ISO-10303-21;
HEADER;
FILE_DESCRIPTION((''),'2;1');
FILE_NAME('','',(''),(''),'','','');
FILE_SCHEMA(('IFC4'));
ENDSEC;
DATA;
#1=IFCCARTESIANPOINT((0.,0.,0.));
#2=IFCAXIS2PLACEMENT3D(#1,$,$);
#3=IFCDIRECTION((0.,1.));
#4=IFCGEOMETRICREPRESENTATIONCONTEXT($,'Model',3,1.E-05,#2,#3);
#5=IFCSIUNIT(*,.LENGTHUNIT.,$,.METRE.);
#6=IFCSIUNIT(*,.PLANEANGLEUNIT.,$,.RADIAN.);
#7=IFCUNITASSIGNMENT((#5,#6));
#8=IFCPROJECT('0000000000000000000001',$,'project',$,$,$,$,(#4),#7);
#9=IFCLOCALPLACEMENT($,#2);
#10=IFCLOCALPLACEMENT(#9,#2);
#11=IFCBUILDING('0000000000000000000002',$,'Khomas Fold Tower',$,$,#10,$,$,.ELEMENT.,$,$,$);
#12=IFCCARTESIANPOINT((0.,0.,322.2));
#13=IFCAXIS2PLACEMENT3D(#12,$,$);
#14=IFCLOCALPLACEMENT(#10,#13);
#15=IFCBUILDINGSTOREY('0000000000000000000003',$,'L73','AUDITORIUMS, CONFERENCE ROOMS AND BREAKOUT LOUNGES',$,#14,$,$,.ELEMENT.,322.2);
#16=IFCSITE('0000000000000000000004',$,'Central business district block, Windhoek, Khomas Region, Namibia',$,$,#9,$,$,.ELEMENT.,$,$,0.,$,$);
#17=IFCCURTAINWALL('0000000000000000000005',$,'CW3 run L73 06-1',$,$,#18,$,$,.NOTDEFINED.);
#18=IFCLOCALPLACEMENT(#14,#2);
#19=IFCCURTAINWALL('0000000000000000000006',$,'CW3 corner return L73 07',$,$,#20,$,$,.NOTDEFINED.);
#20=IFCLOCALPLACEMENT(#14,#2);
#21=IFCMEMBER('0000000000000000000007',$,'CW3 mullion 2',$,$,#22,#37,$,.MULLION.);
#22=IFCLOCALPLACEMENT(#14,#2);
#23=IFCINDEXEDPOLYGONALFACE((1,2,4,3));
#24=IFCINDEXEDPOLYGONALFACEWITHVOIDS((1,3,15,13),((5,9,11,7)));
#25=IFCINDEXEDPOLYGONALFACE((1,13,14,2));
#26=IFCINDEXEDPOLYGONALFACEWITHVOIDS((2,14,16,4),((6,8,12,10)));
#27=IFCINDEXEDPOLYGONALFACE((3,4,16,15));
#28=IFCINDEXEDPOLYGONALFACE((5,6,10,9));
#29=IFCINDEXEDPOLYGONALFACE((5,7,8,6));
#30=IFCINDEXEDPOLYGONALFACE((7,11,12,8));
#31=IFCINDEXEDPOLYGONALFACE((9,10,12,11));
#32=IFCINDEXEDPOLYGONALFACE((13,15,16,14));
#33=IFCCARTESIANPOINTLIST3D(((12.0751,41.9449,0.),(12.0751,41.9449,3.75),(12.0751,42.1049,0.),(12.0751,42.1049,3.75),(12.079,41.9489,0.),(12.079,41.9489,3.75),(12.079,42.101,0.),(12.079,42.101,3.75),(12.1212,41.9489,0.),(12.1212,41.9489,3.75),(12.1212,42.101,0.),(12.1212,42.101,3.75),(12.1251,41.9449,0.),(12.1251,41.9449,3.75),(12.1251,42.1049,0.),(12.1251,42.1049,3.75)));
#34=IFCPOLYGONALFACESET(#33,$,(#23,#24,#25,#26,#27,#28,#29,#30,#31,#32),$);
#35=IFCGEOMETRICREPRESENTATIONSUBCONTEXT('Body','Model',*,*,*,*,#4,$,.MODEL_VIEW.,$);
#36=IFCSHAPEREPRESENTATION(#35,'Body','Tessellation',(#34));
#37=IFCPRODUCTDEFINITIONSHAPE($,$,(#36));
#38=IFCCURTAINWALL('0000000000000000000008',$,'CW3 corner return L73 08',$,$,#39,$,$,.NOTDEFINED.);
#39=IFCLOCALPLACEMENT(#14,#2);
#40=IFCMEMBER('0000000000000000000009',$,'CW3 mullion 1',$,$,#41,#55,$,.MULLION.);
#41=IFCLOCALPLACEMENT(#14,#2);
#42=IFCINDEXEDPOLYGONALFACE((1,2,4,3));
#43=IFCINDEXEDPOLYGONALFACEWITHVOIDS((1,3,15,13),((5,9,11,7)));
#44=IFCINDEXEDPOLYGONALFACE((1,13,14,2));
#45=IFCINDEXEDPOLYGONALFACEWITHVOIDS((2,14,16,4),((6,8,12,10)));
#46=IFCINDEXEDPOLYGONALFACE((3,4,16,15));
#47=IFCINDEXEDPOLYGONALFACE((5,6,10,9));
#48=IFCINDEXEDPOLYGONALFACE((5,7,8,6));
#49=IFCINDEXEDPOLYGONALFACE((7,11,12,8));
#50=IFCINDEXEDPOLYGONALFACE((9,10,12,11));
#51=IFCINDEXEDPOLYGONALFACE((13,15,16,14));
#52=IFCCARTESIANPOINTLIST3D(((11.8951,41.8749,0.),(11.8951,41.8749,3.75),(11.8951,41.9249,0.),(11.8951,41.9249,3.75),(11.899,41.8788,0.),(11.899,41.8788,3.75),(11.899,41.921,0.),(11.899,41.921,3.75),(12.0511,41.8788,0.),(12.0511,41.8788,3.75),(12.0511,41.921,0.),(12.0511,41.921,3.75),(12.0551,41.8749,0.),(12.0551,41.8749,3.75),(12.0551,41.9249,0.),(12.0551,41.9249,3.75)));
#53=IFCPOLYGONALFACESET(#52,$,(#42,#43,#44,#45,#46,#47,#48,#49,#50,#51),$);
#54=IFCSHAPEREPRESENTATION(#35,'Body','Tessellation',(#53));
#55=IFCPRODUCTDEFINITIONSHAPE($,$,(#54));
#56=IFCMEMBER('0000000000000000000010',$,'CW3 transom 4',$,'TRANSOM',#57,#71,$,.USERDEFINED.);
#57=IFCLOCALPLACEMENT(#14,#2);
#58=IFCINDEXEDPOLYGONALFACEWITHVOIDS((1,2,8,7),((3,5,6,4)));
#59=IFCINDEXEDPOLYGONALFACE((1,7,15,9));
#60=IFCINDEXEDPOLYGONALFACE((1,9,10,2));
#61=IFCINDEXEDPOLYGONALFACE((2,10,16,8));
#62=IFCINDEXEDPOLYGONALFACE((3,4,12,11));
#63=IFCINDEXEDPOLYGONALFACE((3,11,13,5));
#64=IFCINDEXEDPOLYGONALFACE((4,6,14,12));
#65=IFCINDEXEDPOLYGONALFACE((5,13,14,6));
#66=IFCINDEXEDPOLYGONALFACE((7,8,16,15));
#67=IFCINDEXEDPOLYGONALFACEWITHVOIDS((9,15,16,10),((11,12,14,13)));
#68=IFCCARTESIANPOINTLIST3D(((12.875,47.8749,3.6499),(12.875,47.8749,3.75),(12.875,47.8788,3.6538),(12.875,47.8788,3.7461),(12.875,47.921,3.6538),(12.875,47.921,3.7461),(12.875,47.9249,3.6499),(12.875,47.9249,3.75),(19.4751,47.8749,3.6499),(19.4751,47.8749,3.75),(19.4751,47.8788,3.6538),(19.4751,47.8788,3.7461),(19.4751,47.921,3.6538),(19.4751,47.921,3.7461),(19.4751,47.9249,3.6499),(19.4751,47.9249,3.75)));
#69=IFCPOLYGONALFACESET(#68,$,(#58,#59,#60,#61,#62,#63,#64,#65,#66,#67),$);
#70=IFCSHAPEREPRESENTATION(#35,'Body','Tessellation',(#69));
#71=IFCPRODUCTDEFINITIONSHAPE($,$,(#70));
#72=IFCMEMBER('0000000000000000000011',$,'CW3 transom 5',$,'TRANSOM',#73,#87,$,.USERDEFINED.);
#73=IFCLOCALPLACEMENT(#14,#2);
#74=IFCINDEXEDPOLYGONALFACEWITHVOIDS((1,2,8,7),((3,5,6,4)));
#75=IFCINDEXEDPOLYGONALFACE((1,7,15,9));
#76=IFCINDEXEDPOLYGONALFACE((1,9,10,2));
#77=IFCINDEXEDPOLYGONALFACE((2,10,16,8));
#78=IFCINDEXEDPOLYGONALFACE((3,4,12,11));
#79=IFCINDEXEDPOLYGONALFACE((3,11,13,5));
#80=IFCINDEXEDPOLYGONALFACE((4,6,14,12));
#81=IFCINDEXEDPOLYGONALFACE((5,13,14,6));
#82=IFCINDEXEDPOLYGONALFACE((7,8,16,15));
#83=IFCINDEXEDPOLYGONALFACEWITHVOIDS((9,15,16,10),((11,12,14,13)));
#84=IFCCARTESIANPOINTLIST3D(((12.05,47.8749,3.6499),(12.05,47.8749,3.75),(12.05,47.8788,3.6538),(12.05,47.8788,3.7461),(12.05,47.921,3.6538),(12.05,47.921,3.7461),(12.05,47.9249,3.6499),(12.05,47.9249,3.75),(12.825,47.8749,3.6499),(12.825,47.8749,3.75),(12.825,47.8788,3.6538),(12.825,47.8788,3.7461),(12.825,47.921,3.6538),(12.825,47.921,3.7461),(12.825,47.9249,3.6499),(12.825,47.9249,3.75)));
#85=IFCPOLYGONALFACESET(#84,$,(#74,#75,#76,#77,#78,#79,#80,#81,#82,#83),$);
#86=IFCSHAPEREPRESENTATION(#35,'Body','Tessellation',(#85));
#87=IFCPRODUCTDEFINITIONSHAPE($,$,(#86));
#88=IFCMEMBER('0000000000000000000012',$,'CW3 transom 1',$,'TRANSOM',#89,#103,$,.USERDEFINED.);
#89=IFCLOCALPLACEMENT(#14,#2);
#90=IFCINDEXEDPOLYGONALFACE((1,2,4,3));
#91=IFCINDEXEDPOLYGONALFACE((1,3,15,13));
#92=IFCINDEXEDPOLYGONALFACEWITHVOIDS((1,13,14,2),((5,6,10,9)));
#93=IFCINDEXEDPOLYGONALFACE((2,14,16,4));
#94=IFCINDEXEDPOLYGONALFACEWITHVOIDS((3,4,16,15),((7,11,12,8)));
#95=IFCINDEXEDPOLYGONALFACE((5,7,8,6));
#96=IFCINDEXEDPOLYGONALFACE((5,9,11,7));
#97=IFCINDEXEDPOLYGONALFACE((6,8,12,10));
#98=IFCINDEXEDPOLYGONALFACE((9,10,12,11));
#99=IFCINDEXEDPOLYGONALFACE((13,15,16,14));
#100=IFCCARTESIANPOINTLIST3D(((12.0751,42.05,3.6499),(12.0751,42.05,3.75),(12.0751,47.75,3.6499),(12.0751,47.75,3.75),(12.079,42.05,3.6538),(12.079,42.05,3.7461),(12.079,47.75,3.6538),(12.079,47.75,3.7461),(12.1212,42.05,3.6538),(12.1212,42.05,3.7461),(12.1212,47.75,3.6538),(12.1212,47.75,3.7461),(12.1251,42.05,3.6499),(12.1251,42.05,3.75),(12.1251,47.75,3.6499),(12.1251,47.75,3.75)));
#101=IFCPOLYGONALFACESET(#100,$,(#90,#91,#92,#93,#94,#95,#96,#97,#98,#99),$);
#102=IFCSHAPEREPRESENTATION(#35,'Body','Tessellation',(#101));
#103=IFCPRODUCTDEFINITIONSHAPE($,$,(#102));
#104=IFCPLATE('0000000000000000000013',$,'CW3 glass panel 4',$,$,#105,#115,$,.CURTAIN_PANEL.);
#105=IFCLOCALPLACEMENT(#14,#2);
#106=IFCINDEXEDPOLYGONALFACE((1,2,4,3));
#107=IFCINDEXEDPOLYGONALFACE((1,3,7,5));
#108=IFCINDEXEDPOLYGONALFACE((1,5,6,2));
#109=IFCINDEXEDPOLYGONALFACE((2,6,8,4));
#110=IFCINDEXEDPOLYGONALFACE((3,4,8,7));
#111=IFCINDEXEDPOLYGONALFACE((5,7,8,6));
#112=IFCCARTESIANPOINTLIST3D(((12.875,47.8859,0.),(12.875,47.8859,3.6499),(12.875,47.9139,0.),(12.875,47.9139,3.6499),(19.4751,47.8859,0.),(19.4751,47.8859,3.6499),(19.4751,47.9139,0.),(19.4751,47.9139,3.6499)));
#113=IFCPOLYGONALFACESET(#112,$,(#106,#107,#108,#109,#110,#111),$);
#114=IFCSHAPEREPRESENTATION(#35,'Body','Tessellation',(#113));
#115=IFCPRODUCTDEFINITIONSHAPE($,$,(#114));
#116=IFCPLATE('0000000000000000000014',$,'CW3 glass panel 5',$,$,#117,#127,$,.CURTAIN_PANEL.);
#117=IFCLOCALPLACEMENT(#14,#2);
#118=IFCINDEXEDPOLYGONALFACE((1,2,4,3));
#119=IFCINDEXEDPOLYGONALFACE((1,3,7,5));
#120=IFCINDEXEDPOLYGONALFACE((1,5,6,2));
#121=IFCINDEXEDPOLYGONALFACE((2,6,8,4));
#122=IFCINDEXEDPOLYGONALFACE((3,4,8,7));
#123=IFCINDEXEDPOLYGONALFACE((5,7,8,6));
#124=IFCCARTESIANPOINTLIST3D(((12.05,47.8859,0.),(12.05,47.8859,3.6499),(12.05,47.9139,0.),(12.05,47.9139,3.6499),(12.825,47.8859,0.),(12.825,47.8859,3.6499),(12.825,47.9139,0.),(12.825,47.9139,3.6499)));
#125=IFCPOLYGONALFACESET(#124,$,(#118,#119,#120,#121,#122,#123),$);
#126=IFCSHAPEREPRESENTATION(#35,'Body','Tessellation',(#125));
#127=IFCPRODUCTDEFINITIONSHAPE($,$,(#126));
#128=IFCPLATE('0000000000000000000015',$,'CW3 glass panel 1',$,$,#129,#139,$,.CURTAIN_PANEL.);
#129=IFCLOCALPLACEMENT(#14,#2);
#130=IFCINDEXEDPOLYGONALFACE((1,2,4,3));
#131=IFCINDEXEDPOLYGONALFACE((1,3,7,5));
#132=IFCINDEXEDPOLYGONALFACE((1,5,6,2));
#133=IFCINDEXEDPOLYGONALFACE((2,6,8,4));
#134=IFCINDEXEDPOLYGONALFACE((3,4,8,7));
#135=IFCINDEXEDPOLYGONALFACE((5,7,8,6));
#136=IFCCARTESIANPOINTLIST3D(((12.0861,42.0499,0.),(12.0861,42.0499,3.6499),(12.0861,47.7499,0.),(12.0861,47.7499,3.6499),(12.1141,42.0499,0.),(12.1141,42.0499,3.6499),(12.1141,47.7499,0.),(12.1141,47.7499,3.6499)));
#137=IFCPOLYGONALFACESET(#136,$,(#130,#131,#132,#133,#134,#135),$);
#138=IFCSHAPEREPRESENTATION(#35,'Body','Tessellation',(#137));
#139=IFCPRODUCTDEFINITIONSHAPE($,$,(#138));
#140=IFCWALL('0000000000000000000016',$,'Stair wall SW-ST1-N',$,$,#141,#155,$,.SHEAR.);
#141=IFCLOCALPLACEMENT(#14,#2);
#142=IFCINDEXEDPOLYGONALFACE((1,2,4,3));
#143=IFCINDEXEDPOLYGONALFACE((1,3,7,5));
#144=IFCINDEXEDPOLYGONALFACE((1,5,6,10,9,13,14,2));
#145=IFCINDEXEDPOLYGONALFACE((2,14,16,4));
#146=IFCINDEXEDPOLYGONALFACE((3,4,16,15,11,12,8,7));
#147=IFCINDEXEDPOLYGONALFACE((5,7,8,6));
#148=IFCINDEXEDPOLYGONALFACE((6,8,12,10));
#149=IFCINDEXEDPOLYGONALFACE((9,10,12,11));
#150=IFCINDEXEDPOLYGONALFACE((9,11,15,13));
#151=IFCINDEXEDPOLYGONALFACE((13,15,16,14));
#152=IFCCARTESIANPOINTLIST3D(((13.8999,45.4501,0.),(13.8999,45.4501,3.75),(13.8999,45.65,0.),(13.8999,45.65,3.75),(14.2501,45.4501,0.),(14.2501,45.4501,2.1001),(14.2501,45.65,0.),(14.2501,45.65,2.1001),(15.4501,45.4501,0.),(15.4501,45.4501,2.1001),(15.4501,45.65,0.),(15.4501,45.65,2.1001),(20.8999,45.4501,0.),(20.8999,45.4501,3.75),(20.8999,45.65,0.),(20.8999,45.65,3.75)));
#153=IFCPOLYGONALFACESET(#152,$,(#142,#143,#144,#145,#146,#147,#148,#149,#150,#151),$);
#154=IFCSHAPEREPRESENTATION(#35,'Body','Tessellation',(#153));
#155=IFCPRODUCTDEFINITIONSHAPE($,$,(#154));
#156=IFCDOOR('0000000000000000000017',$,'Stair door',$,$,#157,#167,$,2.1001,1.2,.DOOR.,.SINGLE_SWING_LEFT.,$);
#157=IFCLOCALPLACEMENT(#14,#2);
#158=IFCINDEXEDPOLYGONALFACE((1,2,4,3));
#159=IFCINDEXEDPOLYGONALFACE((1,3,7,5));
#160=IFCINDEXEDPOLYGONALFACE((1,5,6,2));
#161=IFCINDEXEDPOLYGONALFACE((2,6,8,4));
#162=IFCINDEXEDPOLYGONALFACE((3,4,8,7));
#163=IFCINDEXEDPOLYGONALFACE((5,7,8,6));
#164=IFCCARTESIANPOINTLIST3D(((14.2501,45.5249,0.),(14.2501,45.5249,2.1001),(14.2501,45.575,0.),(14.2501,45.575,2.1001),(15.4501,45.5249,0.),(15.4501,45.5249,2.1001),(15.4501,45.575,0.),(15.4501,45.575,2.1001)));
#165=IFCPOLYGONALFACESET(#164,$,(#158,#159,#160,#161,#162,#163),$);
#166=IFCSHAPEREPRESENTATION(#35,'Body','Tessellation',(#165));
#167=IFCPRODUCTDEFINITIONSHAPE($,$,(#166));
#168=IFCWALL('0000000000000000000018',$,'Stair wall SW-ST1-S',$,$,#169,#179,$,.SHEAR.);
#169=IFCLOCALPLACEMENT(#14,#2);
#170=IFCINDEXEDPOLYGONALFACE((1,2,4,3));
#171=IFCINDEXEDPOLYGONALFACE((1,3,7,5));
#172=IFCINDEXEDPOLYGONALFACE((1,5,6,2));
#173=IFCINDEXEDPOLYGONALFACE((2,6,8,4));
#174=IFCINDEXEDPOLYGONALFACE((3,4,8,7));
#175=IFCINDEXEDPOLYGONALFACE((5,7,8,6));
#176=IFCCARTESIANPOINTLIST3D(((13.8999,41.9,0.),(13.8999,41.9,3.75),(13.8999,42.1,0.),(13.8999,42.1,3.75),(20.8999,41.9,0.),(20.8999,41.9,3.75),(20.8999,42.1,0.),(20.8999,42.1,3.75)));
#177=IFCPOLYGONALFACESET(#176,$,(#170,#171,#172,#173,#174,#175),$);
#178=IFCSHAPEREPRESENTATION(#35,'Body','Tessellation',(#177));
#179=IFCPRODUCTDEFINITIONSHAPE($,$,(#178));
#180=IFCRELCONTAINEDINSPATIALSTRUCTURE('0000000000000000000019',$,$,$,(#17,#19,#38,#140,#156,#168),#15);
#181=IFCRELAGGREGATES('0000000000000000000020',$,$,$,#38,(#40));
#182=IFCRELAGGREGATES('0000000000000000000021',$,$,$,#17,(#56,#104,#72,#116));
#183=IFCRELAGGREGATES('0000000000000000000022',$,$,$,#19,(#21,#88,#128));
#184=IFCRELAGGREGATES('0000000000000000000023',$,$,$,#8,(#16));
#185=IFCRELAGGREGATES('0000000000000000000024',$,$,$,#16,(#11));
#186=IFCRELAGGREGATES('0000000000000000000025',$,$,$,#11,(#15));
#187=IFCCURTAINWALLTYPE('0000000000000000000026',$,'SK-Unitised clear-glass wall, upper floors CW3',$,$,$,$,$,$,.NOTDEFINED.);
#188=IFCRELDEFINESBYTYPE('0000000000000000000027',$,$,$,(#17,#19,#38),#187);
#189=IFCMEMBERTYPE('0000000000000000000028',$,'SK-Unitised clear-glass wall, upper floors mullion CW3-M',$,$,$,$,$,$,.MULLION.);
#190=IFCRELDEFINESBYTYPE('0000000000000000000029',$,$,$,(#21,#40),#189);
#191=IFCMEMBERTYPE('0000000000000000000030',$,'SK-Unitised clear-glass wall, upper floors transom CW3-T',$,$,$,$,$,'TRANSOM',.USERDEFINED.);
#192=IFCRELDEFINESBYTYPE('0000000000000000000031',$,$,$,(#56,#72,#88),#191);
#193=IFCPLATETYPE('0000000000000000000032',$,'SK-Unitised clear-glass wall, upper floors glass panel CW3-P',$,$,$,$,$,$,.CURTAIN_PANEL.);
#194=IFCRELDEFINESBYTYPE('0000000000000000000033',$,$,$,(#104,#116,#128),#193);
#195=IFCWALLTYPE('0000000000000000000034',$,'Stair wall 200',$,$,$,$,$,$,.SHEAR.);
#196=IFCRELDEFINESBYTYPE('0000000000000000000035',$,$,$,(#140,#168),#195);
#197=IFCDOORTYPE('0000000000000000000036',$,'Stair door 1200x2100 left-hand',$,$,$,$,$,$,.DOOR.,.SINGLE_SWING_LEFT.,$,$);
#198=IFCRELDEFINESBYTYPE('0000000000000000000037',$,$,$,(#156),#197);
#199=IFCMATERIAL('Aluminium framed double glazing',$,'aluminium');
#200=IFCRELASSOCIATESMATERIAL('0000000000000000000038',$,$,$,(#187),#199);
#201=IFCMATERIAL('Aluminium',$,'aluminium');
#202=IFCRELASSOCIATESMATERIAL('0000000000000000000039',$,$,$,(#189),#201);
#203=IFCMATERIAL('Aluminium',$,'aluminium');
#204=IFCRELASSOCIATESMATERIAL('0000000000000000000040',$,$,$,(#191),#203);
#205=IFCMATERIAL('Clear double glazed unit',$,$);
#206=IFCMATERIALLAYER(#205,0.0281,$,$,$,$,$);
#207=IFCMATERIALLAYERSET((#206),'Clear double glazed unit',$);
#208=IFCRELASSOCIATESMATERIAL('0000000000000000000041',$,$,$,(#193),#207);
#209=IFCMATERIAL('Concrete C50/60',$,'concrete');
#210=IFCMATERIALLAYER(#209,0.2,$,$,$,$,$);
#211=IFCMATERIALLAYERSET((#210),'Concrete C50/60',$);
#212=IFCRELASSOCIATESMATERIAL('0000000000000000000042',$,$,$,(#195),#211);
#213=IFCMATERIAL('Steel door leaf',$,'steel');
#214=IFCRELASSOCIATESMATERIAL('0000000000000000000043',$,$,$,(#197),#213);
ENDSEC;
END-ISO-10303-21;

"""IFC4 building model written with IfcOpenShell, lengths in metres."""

from ifc_helpers import new_model, si_unit, direction, frame, frame_2d, origin, origin_2d, place, context, subcontext, project, spatial, rectangle, hollow_rectangle, extrude, source, transform, mapped, material, layer, layer_set, material_profile, profile_set, type_object, element, fill, aggregate, save


model = new_model("IFC4")

# Units and contexts
model_context = context("Model", 3, precision=1e-05, world=origin(), true_north=direction((0.0, 1.0)))
body_context = subcontext(model_context, "Body", "Model", "MODEL_VIEW")
ifc_project = project(units=[si_unit("LENGTHUNIT", "METRE"), si_unit("PLANEANGLEUNIT", "RADIAN")], contexts=[model_context])

# Site, building, storey
site_placement = place(None, origin())
site = spatial("IfcSite", under=ifc_project, at=site_placement, Name="Central business district block, Windhoek, Khomas Region, Namibia", CompositionType="ELEMENT", RefElevation=0.0)
building_placement = place(site_placement, origin())
building = spatial("IfcBuilding", under=site, at=building_placement, Name="Khomas Fold Tower", CompositionType="ELEMENT")
storey_placement = place(building_placement, frame((0.0, 0.0, 322.2)))
storey = spatial("IfcBuildingStorey", under=building, at=storey_placement, Name="L73", Description="AUDITORIUMS, CONFERENCE ROOMS AND BREAKOUT LOUNGES", CompositionType="ELEMENT", Elevation=322.2)

# Curtain walls, member
ifc_material_1 = material(Name="Aluminium framed double glazing", Category="aluminium")
curtain_wall_type = type_object("IfcCurtainWallType", Name="SK-Unitised clear-glass wall, upper floors CW3", PredefinedType="NOTDEFINED", material=ifc_material_1)
curtain_wall_1_placement = place(storey_placement, origin())
curtain_wall_1 = element("IfcCurtainWall", 1, at=curtain_wall_1_placement, inside=storey, type_object=curtain_wall_type, Name="CW3 run L73 06-1", PredefinedType="NOTDEFINED")
ifc_material_2 = material(Name="Aluminium", Category="aluminium")
ifc_material_profile_1 = material_profile(ifc_material_2, hollow_rectangle(XDim=0.05, YDim=0.1599, WallThickness=0.0039, at=origin_2d()), Name="SK-Unitised clear-glass wall, upper floors mullion CW3-M")
ifc_profile_set_1 = profile_set([ifc_material_profile_1], Name="Aluminium")
member_type_1 = type_object("IfcMemberType", Name="SK-Unitised clear-glass wall, upper floors mullion CW3-M", PredefinedType="MULLION", material=ifc_profile_set_1)
shared_shape_1 = source(origin(), body_context, "Body", "SweptSolid", [
    extrude(hollow_rectangle(XDim=0.05, YDim=0.1599, WallThickness=0.0039, at=origin_2d()), origin(), (0.0, 0.0, 1.0), 3.75),
])
curtain_wall_2_placement = place(storey_placement, origin())
curtain_wall_2 = element("IfcCurtainWall", 2, at=curtain_wall_2_placement, inside=storey, type_object=curtain_wall_type, Name="CW3 corner return L73 07", PredefinedType="NOTDEFINED")
member_1_placement = place(storey_placement, frame((12.1001, 42.0249, 0.0), z_axis=(0.0, 0.0, 1.0), x_axis=(1.0, 0.0, 0.0)))
member_1 = element("IfcMember", 3, at=member_1_placement, type_object=member_type_1, Name="CW3 mullion 2", PredefinedType="MULLION", context=body_context, shape_type="MappedRepresentation", body=[
    mapped(shared_shape_1, transform((0.0, 0.0, 0.0))),
])

# Curtain wall, member
curtain_wall_3_placement = place(storey_placement, origin())
curtain_wall_3 = element("IfcCurtainWall", 4, at=curtain_wall_3_placement, inside=storey, type_object=curtain_wall_type, Name="CW3 corner return L73 08", PredefinedType="NOTDEFINED")
member_2_placement = place(storey_placement, frame((11.9751, 41.8999, 0.0), z_axis=(0.0, 0.0, 1.0), x_axis=(0.0, -1.0, 0.0)))
member_2 = element("IfcMember", 5, at=member_2_placement, type_object=member_type_1, Name="CW3 mullion 1", PredefinedType="MULLION", context=body_context, shape_type="MappedRepresentation", body=[
    mapped(shared_shape_1, transform((0.0, 0.0, 0.0))),
])
aggregate(curtain_wall_3, [member_2])

# Members
ifc_material_3 = material(Name="Aluminium", Category="aluminium")
ifc_material_profile_2 = material_profile(ifc_material_3, hollow_rectangle(XDim=0.05, YDim=0.1001, WallThickness=0.0039, at=origin_2d()), Name="SK-Unitised clear-glass wall, upper floors transom CW3-T")
ifc_profile_set_2 = profile_set([ifc_material_profile_2], Name="Aluminium")
member_type_2 = type_object("IfcMemberType", Name="SK-Unitised clear-glass wall, upper floors transom CW3-T", ElementType="TRANSOM", PredefinedType="USERDEFINED", material=ifc_profile_set_2)
shared_shape_2 = source(origin(), body_context, "Body", "SweptSolid", [
    extrude(hollow_rectangle(XDim=0.05, YDim=0.1001, WallThickness=0.0039, at=origin_2d()), origin(), (0.0, 0.0, 1.0), 6.6001),
])
member_3_placement = place(storey_placement, frame((19.4751, 47.8999, 3.7), z_axis=(-1.0, 0.0, 0.0), x_axis=(0.0, -1.0, 0.0)))
member_3 = element("IfcMember", 6, at=member_3_placement, type_object=member_type_2, Name="CW3 transom 4", ObjectType="TRANSOM", PredefinedType="USERDEFINED", context=body_context, shape_type="MappedRepresentation", body=[
    mapped(shared_shape_2, transform((0.0, 0.0, 0.0))),
])
shared_shape_3 = source(origin(), body_context, "Body", "SweptSolid", [
    extrude(hollow_rectangle(XDim=0.05, YDim=0.1001, WallThickness=0.0039, at=origin_2d()), origin(), (0.0, 0.0, 1.0), 0.7749),
])
member_4_placement = place(storey_placement, frame((12.825, 47.8999, 3.7), z_axis=(-1.0, 0.0, 0.0), x_axis=(0.0, -1.0, 0.0)))
member_4 = element("IfcMember", 7, at=member_4_placement, type_object=member_type_2, Name="CW3 transom 5", ObjectType="TRANSOM", PredefinedType="USERDEFINED", context=body_context, shape_type="MappedRepresentation", body=[
    mapped(shared_shape_3, transform((0.0, 0.0, 0.0))),
])
shared_shape_4 = source(origin(), body_context, "Body", "SweptSolid", [
    extrude(hollow_rectangle(XDim=0.05, YDim=0.1001, WallThickness=0.0039, at=origin_2d()), origin(), (0.0, 0.0, 1.0), 5.7),
])
member_5_placement = place(storey_placement, frame((12.1001, 47.75, 3.7), z_axis=(0.0, -1.0, 0.0), x_axis=(1.0, 0.0, 0.0)))
member_5 = element("IfcMember", 8, at=member_5_placement, type_object=member_type_2, Name="CW3 transom 1", ObjectType="TRANSOM", PredefinedType="USERDEFINED", context=body_context, shape_type="MappedRepresentation", body=[
    mapped(shared_shape_4, transform((0.0, 0.0, 0.0))),
])

# Plates
ifc_material_4 = material(Name="Clear double glazed unit")
ifc_layer_1 = layer(ifc_material_4, 0.0281)
ifc_layer_set_1 = layer_set([ifc_layer_1], Name="Clear double glazed unit")
plate_type = type_object("IfcPlateType", Name="SK-Unitised clear-glass wall, upper floors glass panel CW3-P", PredefinedType="CURTAIN_PANEL", material=ifc_layer_set_1)
shared_shape_5 = source(origin(), body_context, "Body", "SweptSolid", [
    extrude(rectangle(XDim=6.6001, YDim=0.0281, at=origin_2d()), origin(), (0.0, 0.0, 1.0), 3.6499),
])
plate_1_placement = place(storey_placement, frame((16.175, 47.8999, 0.0), z_axis=(0.0, 0.0, 1.0), x_axis=(-1.0, 0.0, 0.0)))
plate_1 = element("IfcPlate", 9, at=plate_1_placement, type_object=plate_type, Name="CW3 glass panel 4", PredefinedType="CURTAIN_PANEL", context=body_context, shape_type="MappedRepresentation", body=[
    mapped(shared_shape_5, transform((0.0, 0.0, 0.0))),
])
shared_shape_6 = source(origin(), body_context, "Body", "SweptSolid", [
    extrude(rectangle(XDim=0.7749, YDim=0.0281, at=origin_2d()), origin(), (0.0, 0.0, 1.0), 3.6499),
])
plate_2_placement = place(storey_placement, frame((12.4375, 47.8999, 0.0), z_axis=(0.0, 0.0, 1.0), x_axis=(-1.0, 0.0, 0.0)))
plate_2 = element("IfcPlate", 10, at=plate_2_placement, type_object=plate_type, Name="CW3 glass panel 5", PredefinedType="CURTAIN_PANEL", context=body_context, shape_type="MappedRepresentation", body=[
    mapped(shared_shape_6, transform((0.0, 0.0, 0.0))),
])
aggregate(curtain_wall_1, [member_3, plate_1, member_4, plate_2])
shared_shape_7 = source(origin(), body_context, "Body", "SweptSolid", [
    extrude(rectangle(XDim=5.7, YDim=0.0281, at=origin_2d()), origin(), (0.0, 0.0, 1.0), 3.6499),
])
plate_3_placement = place(storey_placement, frame((12.1001, 44.8999, 0.0), z_axis=(0.0, 0.0, 1.0), x_axis=(0.0, -1.0, 0.0)))
plate_3 = element("IfcPlate", 11, at=plate_3_placement, type_object=plate_type, Name="CW3 glass panel 1", PredefinedType="CURTAIN_PANEL", context=body_context, shape_type="MappedRepresentation", body=[
    mapped(shared_shape_7, transform((0.0, 0.0, 0.0))),
])
aggregate(curtain_wall_2, [member_1, member_5, plate_3])

# Wall, opening, door
ifc_material_5 = material(Name="Concrete C50/60", Category="concrete")
ifc_layer_2 = layer(ifc_material_5, 0.2)
ifc_layer_set_2 = layer_set([ifc_layer_2], Name="Concrete C50/60")
wall_type_1 = type_object("IfcWallType", Name="Stair wall 200", PredefinedType="SHEAR", material=ifc_layer_set_2)
shared_shape_8 = source(origin(), body_context, "Body", "SweptSolid", [
    extrude(rectangle(XDim=7.0, YDim=0.2, at=frame_2d((3.5, 0.0))), origin(), (0.0, 0.0, 1.0), 3.75),
])
wall_1_placement = place(storey_placement, frame((13.8999, 45.55, 0.0), z_axis=(0.0, 0.0, 1.0), x_axis=(1.0, 0.0, 0.0)))
wall_1 = element("IfcWall", 12, at=wall_1_placement, inside=storey, type_object=wall_type_1, Name="Stair wall SW-ST1-N", PredefinedType="SHEAR", context=body_context, shape_type="MappedRepresentation", body=[
    mapped(shared_shape_8, transform((0.0, 0.0, 0.0))),
])
shared_shape_9 = source(origin(), body_context, "Body", "SweptSolid", [
    extrude(rectangle(XDim=1.2, YDim=2.1001, at=frame_2d((0.6001, 1.05))), frame((0.0, 0.1099, 0.0), z_axis=(0.0, -1.0, 0.0), x_axis=(1.0, 0.0, 0.0)), (0.0, 0.0, 1.0), 0.22),
])
opening_1_placement = place(wall_1_placement, frame((0.3501, 0.0, 0.0)))
opening_1 = element("IfcOpeningElement", 13, at=opening_1_placement, cuts=wall_1, PredefinedType="OPENING", context=body_context, shape_type="MappedRepresentation", body=[
    mapped(shared_shape_9, transform((0.0, 0.0, 0.0))),
])
ifc_material_6 = material(Name="Steel door leaf", Category="steel")
door_type = type_object("IfcDoorType", Name="Stair door 1200x2100 left-hand", OperationType="SINGLE_SWING_LEFT", PredefinedType="DOOR", material=ifc_material_6)
shared_shape_10 = source(origin(), body_context, "Body", "SweptSolid", [
    extrude(rectangle(XDim=1.2, YDim=2.1001, at=frame_2d((0.6001, 1.05))), frame((0.0, 0.0249, 0.0), z_axis=(0.0, -1.0, 0.0), x_axis=(1.0, 0.0, 0.0)), (0.0, 0.0, 1.0), 0.05),
])
door_1_placement = place(opening_1_placement, origin())
door_1 = element("IfcDoor", 14, at=door_1_placement, inside=storey, type_object=door_type, Name="Stair door", OperationType="SINGLE_SWING_LEFT", OverallHeight=2.1001, OverallWidth=1.2, PredefinedType="DOOR", context=body_context, shape_type="MappedRepresentation", body=[
    mapped(shared_shape_10, transform((0.0, 0.0, 0.0))),
])
fill(opening_1, door_1)

# Wall
wall_2_placement = place(storey_placement, frame((13.8999, 42.0, 0.0), z_axis=(0.0, 0.0, 1.0), x_axis=(1.0, 0.0, 0.0)))
element("IfcWall", 15, at=wall_2_placement, inside=storey, type_object=wall_type_1, Name="Stair wall SW-ST1-S", PredefinedType="SHEAR", context=body_context, shape_type="MappedRepresentation", body=[
    mapped(shared_shape_8, transform((0.0, 0.0, 0.0))),
])

save(model, "model.ifc")
